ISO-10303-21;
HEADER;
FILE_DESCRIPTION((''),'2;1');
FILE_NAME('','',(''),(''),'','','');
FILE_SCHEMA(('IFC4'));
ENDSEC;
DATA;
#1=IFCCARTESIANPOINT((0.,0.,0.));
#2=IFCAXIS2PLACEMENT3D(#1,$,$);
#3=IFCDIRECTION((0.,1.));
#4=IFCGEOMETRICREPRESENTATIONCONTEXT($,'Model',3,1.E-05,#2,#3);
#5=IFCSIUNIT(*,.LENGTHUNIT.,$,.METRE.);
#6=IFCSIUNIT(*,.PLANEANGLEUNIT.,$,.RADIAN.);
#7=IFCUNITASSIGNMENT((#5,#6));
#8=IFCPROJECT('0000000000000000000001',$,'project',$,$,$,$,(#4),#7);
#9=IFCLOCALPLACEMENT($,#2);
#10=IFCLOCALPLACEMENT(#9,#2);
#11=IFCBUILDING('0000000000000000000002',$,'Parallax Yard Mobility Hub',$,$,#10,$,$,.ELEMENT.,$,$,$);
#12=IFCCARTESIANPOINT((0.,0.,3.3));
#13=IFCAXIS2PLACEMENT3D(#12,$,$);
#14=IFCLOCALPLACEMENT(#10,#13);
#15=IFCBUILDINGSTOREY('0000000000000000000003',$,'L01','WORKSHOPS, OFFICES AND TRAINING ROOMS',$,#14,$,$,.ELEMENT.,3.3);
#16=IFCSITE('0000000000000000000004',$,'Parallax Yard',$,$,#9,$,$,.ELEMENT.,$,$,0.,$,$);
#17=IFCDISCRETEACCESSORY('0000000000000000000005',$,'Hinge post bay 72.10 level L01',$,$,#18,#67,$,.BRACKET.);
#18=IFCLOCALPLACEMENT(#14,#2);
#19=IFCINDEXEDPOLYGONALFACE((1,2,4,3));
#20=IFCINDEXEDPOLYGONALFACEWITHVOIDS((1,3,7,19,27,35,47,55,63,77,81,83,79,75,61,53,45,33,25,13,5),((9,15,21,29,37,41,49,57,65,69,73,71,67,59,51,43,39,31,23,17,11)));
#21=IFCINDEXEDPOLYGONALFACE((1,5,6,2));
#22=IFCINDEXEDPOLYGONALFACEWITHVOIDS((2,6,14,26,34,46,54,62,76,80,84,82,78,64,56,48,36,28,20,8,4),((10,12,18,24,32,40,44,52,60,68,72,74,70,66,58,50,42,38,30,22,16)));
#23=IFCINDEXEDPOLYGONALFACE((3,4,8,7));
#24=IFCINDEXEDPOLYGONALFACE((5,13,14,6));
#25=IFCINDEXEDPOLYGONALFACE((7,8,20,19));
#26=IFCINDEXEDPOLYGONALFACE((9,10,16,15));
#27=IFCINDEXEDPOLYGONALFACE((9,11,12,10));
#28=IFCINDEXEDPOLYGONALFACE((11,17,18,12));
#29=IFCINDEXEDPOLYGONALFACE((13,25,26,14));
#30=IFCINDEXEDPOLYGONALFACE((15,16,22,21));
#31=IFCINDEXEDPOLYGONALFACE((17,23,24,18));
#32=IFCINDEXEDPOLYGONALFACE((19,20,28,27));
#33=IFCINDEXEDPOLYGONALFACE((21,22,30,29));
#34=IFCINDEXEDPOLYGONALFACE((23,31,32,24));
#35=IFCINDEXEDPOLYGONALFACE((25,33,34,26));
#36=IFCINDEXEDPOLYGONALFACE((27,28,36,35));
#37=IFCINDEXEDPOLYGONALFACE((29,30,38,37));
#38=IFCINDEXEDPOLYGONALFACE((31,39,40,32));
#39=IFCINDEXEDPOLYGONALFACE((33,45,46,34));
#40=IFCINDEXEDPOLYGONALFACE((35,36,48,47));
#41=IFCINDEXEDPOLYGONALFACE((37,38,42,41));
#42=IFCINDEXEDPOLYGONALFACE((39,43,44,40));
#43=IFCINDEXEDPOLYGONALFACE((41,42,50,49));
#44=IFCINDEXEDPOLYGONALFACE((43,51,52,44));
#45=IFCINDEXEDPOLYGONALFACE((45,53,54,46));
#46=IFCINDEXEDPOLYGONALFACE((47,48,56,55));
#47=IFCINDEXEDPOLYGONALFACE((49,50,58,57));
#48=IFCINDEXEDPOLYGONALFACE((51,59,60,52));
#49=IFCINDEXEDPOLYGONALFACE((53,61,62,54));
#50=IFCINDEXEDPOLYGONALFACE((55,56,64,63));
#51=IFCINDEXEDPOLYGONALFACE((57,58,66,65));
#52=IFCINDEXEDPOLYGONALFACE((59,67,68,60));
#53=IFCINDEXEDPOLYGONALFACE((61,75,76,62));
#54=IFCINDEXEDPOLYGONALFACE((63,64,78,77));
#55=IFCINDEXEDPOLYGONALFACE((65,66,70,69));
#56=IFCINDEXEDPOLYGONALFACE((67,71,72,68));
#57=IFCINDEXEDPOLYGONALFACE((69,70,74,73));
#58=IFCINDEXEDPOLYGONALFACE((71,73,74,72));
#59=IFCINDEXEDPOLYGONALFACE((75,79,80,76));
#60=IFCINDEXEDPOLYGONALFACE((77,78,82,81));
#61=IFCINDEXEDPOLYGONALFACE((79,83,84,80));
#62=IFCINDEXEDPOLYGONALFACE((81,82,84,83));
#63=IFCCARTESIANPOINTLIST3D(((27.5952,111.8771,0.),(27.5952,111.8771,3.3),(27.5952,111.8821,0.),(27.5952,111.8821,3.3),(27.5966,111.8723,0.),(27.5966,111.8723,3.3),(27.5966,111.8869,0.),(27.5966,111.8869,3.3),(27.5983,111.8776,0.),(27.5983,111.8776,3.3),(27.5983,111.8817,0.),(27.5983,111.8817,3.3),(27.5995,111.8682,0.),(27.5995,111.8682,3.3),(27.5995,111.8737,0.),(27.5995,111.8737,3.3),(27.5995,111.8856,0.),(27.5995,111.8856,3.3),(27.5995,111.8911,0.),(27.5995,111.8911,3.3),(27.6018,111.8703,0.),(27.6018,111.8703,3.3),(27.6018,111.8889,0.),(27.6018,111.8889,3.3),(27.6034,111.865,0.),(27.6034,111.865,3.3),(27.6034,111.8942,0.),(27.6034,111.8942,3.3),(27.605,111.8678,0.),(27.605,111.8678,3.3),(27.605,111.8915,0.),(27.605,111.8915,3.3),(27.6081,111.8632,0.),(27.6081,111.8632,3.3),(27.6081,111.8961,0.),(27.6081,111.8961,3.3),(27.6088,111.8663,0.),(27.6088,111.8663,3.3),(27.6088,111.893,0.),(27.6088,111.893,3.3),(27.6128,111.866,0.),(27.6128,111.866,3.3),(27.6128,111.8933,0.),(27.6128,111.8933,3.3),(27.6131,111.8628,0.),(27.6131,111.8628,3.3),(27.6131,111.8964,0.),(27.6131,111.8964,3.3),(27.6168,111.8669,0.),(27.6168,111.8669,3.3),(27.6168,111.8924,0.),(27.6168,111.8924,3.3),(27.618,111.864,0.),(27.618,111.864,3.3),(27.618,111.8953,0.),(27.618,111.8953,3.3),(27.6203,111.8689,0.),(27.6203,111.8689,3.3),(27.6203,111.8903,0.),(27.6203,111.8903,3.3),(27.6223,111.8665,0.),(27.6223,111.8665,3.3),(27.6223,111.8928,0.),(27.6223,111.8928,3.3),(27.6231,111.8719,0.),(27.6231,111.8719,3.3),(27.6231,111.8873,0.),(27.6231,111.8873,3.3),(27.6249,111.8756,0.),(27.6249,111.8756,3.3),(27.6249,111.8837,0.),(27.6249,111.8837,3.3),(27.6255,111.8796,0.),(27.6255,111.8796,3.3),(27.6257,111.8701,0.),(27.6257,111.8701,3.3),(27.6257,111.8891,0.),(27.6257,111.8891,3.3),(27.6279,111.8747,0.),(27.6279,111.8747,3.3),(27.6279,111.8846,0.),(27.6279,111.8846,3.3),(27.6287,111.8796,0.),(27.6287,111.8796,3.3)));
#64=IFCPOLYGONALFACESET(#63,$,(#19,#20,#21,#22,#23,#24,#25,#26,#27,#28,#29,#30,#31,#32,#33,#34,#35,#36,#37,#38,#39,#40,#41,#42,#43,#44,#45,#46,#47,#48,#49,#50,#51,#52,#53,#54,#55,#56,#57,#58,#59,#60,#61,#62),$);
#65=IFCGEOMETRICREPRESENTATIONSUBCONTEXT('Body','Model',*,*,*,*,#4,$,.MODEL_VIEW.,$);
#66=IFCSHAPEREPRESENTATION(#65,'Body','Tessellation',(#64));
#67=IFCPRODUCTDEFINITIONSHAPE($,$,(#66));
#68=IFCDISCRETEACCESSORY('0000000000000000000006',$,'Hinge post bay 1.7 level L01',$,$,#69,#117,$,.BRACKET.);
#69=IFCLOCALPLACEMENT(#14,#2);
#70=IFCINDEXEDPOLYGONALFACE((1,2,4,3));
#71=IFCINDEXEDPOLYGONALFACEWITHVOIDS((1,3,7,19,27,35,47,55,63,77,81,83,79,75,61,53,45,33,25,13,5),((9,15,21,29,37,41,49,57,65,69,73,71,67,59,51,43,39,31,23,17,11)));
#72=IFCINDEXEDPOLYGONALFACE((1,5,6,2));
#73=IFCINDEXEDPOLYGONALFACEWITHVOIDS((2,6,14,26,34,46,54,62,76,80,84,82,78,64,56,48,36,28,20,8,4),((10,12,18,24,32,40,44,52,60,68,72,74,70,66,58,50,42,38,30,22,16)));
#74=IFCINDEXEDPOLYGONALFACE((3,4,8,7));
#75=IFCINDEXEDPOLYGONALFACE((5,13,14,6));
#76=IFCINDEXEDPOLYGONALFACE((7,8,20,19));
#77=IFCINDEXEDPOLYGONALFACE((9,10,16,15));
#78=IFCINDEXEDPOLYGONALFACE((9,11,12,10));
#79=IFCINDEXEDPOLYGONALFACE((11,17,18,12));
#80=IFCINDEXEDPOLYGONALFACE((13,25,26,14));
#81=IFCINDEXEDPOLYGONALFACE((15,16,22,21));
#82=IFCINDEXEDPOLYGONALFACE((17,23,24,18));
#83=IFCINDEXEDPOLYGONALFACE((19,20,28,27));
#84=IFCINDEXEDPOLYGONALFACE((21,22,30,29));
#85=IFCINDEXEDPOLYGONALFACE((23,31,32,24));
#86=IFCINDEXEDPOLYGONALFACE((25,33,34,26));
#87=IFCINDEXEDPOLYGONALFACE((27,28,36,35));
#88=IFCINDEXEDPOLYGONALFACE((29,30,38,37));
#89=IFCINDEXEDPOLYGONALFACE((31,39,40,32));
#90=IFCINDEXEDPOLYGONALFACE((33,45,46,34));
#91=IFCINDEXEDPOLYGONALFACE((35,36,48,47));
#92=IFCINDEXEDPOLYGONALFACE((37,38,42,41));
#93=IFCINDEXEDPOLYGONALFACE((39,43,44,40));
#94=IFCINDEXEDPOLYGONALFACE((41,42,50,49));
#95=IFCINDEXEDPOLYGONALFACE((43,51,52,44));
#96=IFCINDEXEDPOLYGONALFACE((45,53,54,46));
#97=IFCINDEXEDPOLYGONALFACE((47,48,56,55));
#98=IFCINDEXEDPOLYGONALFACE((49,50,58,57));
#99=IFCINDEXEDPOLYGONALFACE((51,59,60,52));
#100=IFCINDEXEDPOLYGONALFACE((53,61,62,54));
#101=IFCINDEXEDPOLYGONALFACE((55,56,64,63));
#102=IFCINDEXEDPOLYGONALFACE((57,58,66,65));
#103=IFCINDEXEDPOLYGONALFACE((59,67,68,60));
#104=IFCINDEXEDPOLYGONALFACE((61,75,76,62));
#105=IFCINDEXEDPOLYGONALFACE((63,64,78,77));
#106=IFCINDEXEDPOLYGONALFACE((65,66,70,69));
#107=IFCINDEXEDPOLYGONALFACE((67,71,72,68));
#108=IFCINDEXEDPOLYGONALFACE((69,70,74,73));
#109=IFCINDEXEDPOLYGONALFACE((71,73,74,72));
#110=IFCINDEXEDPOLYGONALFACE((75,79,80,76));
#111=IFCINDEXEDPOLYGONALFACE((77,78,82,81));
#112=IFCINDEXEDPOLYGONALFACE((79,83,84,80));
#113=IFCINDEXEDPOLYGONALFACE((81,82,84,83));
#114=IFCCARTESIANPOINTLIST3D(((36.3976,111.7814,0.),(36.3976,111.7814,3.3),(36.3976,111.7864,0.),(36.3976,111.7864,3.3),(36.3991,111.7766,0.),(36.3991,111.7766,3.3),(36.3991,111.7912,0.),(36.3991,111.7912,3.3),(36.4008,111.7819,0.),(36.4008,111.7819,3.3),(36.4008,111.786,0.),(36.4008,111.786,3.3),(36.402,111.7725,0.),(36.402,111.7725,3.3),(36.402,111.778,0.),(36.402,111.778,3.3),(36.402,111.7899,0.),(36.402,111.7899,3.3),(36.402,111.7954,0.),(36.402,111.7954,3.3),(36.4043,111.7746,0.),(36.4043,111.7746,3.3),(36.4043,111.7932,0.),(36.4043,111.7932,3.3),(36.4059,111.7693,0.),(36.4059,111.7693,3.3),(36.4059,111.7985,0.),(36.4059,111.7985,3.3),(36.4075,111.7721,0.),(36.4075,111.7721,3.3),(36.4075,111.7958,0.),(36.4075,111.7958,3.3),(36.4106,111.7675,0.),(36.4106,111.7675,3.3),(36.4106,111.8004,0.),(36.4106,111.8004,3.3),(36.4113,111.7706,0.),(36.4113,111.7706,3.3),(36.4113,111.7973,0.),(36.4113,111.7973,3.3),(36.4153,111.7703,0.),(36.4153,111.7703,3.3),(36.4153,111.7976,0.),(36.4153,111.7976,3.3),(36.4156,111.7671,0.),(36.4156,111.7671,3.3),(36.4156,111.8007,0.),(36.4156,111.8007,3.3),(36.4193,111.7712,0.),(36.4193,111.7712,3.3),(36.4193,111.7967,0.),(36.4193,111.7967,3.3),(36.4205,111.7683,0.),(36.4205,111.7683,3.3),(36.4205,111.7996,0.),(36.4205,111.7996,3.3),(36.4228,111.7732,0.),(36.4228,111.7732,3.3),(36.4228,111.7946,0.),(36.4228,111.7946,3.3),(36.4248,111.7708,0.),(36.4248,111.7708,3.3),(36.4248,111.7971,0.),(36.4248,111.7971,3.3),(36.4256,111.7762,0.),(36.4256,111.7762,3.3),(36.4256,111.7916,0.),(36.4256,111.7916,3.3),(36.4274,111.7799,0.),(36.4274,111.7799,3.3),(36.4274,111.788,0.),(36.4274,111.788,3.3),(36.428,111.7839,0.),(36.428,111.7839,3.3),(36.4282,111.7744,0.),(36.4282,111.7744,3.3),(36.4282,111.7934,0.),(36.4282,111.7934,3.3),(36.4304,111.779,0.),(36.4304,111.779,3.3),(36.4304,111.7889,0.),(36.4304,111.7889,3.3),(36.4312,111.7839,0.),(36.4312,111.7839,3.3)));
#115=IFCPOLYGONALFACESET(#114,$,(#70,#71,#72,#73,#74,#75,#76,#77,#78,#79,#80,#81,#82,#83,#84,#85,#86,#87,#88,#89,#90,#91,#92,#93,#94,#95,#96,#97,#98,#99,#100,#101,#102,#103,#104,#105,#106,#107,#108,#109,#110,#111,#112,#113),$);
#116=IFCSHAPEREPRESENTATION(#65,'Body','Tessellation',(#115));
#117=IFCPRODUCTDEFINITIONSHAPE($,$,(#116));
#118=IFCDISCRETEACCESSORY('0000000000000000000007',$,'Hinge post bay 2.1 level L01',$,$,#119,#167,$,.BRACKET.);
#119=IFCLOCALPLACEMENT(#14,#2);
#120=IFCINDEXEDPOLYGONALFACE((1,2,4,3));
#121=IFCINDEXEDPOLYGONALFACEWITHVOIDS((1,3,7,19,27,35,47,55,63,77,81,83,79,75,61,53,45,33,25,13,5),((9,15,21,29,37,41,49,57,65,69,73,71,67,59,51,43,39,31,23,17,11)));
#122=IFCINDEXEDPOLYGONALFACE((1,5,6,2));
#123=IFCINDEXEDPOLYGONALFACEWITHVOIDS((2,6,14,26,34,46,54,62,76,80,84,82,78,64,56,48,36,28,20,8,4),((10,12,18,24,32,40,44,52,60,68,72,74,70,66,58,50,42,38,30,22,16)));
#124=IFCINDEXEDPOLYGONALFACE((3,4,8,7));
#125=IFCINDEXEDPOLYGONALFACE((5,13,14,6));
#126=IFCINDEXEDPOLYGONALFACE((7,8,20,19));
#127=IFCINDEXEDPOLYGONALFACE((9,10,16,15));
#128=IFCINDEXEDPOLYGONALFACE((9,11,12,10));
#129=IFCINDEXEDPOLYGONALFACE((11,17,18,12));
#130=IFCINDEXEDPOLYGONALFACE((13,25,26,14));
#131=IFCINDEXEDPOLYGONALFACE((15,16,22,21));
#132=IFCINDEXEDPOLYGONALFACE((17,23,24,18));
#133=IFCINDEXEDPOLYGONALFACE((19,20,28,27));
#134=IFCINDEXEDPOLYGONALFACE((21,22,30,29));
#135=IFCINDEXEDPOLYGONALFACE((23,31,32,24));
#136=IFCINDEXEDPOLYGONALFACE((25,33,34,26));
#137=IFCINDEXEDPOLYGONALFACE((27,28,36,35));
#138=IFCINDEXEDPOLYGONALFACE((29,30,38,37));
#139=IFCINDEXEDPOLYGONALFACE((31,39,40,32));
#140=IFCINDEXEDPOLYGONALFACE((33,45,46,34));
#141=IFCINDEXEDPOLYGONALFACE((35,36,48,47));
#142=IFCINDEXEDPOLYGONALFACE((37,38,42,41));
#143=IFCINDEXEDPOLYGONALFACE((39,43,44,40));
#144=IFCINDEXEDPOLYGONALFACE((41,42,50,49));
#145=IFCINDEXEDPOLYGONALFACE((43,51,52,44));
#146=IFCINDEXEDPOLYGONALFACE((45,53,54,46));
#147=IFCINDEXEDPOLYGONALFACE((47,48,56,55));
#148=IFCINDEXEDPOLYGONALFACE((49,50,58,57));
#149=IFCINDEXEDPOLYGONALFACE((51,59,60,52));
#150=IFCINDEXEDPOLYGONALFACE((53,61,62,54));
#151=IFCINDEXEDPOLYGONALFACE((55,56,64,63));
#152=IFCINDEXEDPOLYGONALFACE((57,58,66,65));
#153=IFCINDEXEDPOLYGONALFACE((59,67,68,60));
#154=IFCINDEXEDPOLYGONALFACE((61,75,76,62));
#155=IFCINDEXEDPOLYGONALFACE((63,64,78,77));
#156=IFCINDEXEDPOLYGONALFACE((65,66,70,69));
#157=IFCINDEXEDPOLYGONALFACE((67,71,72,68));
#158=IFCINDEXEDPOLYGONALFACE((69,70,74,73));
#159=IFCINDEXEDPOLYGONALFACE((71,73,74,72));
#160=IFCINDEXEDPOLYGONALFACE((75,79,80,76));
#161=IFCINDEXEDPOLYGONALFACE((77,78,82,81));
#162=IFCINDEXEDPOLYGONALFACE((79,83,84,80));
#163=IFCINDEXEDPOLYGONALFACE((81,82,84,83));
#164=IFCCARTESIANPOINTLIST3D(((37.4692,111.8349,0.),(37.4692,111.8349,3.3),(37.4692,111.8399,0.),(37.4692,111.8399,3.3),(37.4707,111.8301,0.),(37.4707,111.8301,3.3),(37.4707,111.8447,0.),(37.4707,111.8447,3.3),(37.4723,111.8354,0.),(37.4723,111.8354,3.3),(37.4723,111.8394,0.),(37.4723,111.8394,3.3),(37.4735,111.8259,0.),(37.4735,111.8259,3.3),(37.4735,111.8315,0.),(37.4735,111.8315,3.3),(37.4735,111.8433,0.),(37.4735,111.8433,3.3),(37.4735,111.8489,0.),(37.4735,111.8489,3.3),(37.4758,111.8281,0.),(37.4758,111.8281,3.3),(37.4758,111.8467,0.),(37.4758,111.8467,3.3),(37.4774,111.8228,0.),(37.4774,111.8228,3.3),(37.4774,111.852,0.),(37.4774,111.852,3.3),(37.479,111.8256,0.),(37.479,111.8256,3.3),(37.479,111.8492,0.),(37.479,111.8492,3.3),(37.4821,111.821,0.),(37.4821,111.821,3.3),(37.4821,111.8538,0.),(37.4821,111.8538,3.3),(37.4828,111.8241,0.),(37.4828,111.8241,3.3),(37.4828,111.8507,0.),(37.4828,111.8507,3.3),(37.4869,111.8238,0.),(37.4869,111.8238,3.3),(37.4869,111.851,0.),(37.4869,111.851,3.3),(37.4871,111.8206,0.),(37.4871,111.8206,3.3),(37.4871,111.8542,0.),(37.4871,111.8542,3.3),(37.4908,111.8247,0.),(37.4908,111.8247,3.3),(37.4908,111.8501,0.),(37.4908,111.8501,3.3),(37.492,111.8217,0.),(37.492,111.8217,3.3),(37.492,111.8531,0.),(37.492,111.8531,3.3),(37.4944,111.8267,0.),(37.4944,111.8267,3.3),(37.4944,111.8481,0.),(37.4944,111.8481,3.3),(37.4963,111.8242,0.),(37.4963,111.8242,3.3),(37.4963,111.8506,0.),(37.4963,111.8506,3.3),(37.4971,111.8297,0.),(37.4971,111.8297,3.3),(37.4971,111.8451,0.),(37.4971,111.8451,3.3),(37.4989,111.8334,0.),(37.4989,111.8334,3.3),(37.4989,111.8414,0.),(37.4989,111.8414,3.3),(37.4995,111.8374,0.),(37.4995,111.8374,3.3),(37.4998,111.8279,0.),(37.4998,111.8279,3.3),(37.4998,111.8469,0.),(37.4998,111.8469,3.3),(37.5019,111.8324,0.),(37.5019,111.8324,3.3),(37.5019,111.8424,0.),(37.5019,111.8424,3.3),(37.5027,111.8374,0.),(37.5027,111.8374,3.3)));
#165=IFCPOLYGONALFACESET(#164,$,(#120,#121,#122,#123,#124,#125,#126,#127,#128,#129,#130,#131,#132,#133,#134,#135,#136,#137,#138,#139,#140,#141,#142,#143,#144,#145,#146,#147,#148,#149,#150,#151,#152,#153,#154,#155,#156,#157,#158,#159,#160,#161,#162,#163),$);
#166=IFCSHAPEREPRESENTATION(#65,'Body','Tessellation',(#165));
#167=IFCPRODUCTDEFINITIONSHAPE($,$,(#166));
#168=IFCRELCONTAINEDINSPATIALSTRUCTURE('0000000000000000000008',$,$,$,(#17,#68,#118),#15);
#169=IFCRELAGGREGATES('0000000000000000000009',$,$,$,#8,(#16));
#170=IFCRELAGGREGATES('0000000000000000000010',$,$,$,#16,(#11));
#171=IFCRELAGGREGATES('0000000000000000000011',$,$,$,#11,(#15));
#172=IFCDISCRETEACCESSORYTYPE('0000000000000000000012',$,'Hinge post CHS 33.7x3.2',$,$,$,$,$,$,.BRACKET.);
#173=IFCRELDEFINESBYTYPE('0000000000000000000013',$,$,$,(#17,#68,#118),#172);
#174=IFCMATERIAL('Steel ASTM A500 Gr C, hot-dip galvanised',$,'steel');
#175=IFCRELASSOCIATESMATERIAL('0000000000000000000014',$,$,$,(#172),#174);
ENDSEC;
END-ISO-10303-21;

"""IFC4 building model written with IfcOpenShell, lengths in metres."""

from ifc_helpers import new_model, si_unit, direction, frame, origin, origin_2d, place, context, subcontext, project, spatial, hollow_circle, extrude, material, material_profile, profile_set, type_object, element, save


model = new_model("IFC4")

# Units and contexts
model_context = context("Model", 3, precision=1e-05, world=origin(), true_north=direction((0.0, 1.0)))
body_context = subcontext(model_context, "Body", "Model", "MODEL_VIEW")
ifc_project = project(units=[si_unit("LENGTHUNIT", "METRE"), si_unit("PLANEANGLEUNIT", "RADIAN")], contexts=[model_context])

# Site, building, storey
site_placement = place(None, origin())
site = spatial("IfcSite", under=ifc_project, at=site_placement, Name="Parallax Yard", CompositionType="ELEMENT", RefElevation=0.0)
building_placement = place(site_placement, origin())
building = spatial("IfcBuilding", under=site, at=building_placement, Name="Parallax Yard Mobility Hub", CompositionType="ELEMENT")
storey_placement = place(building_placement, frame((0.0, 0.0, 3.3)))
storey = spatial("IfcBuildingStorey", under=building, at=storey_placement, Name="L01", Description="WORKSHOPS, OFFICES AND TRAINING ROOMS", CompositionType="ELEMENT", Elevation=3.3)

# Discrete accessories
ifc_material_1 = material(Name="Steel ASTM A500 Gr C, hot-dip galvanised", Category="steel")
ifc_material_profile = material_profile(ifc_material_1, hollow_circle(Radius=0.0168, WallThickness=0.0032, at=origin_2d()), Name="CHS 33.7x3.2")
ifc_profile_set = profile_set([ifc_material_profile], Name="Steel ASTM A500 Gr C, hot-dip galvanised")
discrete_accessory_type_1 = type_object("IfcDiscreteAccessoryType", Name="Hinge post CHS 33.7x3.2", PredefinedType="BRACKET", material=ifc_profile_set)
for number, where, z_axis, x_axis, name in (
    (1, (27.6118, 111.8796, 0.0), (0.0, 0.0, 1.0), (1.0, 0.0, 0.0), "Hinge post bay 72.10 level L01"),
    (2, (36.4143, 111.7839, 0.0), (0.0, 0.0, 1.0), (1.0, 0.0, 0.0), "Hinge post bay 1.7 level L01"),
    (3, (37.4858, 111.8374, 0.0), (0.0, 0.0, 1.0), (1.0, 0.0, 0.0), "Hinge post bay 2.1 level L01"),
):
    element("IfcDiscreteAccessory", number, at=place(storey_placement, frame(where, z_axis=z_axis, x_axis=x_axis)), inside=storey, type_object=discrete_accessory_type_1, Name=name, PredefinedType="BRACKET", context=body_context, shape_type="SweptSolid", body=[
        extrude(hollow_circle(Radius=0.0168, WallThickness=0.0032, at=origin_2d()), origin(), (0.0, 0.0, 1.0), 3.3),
    ])

save(model, "model.ifc")
